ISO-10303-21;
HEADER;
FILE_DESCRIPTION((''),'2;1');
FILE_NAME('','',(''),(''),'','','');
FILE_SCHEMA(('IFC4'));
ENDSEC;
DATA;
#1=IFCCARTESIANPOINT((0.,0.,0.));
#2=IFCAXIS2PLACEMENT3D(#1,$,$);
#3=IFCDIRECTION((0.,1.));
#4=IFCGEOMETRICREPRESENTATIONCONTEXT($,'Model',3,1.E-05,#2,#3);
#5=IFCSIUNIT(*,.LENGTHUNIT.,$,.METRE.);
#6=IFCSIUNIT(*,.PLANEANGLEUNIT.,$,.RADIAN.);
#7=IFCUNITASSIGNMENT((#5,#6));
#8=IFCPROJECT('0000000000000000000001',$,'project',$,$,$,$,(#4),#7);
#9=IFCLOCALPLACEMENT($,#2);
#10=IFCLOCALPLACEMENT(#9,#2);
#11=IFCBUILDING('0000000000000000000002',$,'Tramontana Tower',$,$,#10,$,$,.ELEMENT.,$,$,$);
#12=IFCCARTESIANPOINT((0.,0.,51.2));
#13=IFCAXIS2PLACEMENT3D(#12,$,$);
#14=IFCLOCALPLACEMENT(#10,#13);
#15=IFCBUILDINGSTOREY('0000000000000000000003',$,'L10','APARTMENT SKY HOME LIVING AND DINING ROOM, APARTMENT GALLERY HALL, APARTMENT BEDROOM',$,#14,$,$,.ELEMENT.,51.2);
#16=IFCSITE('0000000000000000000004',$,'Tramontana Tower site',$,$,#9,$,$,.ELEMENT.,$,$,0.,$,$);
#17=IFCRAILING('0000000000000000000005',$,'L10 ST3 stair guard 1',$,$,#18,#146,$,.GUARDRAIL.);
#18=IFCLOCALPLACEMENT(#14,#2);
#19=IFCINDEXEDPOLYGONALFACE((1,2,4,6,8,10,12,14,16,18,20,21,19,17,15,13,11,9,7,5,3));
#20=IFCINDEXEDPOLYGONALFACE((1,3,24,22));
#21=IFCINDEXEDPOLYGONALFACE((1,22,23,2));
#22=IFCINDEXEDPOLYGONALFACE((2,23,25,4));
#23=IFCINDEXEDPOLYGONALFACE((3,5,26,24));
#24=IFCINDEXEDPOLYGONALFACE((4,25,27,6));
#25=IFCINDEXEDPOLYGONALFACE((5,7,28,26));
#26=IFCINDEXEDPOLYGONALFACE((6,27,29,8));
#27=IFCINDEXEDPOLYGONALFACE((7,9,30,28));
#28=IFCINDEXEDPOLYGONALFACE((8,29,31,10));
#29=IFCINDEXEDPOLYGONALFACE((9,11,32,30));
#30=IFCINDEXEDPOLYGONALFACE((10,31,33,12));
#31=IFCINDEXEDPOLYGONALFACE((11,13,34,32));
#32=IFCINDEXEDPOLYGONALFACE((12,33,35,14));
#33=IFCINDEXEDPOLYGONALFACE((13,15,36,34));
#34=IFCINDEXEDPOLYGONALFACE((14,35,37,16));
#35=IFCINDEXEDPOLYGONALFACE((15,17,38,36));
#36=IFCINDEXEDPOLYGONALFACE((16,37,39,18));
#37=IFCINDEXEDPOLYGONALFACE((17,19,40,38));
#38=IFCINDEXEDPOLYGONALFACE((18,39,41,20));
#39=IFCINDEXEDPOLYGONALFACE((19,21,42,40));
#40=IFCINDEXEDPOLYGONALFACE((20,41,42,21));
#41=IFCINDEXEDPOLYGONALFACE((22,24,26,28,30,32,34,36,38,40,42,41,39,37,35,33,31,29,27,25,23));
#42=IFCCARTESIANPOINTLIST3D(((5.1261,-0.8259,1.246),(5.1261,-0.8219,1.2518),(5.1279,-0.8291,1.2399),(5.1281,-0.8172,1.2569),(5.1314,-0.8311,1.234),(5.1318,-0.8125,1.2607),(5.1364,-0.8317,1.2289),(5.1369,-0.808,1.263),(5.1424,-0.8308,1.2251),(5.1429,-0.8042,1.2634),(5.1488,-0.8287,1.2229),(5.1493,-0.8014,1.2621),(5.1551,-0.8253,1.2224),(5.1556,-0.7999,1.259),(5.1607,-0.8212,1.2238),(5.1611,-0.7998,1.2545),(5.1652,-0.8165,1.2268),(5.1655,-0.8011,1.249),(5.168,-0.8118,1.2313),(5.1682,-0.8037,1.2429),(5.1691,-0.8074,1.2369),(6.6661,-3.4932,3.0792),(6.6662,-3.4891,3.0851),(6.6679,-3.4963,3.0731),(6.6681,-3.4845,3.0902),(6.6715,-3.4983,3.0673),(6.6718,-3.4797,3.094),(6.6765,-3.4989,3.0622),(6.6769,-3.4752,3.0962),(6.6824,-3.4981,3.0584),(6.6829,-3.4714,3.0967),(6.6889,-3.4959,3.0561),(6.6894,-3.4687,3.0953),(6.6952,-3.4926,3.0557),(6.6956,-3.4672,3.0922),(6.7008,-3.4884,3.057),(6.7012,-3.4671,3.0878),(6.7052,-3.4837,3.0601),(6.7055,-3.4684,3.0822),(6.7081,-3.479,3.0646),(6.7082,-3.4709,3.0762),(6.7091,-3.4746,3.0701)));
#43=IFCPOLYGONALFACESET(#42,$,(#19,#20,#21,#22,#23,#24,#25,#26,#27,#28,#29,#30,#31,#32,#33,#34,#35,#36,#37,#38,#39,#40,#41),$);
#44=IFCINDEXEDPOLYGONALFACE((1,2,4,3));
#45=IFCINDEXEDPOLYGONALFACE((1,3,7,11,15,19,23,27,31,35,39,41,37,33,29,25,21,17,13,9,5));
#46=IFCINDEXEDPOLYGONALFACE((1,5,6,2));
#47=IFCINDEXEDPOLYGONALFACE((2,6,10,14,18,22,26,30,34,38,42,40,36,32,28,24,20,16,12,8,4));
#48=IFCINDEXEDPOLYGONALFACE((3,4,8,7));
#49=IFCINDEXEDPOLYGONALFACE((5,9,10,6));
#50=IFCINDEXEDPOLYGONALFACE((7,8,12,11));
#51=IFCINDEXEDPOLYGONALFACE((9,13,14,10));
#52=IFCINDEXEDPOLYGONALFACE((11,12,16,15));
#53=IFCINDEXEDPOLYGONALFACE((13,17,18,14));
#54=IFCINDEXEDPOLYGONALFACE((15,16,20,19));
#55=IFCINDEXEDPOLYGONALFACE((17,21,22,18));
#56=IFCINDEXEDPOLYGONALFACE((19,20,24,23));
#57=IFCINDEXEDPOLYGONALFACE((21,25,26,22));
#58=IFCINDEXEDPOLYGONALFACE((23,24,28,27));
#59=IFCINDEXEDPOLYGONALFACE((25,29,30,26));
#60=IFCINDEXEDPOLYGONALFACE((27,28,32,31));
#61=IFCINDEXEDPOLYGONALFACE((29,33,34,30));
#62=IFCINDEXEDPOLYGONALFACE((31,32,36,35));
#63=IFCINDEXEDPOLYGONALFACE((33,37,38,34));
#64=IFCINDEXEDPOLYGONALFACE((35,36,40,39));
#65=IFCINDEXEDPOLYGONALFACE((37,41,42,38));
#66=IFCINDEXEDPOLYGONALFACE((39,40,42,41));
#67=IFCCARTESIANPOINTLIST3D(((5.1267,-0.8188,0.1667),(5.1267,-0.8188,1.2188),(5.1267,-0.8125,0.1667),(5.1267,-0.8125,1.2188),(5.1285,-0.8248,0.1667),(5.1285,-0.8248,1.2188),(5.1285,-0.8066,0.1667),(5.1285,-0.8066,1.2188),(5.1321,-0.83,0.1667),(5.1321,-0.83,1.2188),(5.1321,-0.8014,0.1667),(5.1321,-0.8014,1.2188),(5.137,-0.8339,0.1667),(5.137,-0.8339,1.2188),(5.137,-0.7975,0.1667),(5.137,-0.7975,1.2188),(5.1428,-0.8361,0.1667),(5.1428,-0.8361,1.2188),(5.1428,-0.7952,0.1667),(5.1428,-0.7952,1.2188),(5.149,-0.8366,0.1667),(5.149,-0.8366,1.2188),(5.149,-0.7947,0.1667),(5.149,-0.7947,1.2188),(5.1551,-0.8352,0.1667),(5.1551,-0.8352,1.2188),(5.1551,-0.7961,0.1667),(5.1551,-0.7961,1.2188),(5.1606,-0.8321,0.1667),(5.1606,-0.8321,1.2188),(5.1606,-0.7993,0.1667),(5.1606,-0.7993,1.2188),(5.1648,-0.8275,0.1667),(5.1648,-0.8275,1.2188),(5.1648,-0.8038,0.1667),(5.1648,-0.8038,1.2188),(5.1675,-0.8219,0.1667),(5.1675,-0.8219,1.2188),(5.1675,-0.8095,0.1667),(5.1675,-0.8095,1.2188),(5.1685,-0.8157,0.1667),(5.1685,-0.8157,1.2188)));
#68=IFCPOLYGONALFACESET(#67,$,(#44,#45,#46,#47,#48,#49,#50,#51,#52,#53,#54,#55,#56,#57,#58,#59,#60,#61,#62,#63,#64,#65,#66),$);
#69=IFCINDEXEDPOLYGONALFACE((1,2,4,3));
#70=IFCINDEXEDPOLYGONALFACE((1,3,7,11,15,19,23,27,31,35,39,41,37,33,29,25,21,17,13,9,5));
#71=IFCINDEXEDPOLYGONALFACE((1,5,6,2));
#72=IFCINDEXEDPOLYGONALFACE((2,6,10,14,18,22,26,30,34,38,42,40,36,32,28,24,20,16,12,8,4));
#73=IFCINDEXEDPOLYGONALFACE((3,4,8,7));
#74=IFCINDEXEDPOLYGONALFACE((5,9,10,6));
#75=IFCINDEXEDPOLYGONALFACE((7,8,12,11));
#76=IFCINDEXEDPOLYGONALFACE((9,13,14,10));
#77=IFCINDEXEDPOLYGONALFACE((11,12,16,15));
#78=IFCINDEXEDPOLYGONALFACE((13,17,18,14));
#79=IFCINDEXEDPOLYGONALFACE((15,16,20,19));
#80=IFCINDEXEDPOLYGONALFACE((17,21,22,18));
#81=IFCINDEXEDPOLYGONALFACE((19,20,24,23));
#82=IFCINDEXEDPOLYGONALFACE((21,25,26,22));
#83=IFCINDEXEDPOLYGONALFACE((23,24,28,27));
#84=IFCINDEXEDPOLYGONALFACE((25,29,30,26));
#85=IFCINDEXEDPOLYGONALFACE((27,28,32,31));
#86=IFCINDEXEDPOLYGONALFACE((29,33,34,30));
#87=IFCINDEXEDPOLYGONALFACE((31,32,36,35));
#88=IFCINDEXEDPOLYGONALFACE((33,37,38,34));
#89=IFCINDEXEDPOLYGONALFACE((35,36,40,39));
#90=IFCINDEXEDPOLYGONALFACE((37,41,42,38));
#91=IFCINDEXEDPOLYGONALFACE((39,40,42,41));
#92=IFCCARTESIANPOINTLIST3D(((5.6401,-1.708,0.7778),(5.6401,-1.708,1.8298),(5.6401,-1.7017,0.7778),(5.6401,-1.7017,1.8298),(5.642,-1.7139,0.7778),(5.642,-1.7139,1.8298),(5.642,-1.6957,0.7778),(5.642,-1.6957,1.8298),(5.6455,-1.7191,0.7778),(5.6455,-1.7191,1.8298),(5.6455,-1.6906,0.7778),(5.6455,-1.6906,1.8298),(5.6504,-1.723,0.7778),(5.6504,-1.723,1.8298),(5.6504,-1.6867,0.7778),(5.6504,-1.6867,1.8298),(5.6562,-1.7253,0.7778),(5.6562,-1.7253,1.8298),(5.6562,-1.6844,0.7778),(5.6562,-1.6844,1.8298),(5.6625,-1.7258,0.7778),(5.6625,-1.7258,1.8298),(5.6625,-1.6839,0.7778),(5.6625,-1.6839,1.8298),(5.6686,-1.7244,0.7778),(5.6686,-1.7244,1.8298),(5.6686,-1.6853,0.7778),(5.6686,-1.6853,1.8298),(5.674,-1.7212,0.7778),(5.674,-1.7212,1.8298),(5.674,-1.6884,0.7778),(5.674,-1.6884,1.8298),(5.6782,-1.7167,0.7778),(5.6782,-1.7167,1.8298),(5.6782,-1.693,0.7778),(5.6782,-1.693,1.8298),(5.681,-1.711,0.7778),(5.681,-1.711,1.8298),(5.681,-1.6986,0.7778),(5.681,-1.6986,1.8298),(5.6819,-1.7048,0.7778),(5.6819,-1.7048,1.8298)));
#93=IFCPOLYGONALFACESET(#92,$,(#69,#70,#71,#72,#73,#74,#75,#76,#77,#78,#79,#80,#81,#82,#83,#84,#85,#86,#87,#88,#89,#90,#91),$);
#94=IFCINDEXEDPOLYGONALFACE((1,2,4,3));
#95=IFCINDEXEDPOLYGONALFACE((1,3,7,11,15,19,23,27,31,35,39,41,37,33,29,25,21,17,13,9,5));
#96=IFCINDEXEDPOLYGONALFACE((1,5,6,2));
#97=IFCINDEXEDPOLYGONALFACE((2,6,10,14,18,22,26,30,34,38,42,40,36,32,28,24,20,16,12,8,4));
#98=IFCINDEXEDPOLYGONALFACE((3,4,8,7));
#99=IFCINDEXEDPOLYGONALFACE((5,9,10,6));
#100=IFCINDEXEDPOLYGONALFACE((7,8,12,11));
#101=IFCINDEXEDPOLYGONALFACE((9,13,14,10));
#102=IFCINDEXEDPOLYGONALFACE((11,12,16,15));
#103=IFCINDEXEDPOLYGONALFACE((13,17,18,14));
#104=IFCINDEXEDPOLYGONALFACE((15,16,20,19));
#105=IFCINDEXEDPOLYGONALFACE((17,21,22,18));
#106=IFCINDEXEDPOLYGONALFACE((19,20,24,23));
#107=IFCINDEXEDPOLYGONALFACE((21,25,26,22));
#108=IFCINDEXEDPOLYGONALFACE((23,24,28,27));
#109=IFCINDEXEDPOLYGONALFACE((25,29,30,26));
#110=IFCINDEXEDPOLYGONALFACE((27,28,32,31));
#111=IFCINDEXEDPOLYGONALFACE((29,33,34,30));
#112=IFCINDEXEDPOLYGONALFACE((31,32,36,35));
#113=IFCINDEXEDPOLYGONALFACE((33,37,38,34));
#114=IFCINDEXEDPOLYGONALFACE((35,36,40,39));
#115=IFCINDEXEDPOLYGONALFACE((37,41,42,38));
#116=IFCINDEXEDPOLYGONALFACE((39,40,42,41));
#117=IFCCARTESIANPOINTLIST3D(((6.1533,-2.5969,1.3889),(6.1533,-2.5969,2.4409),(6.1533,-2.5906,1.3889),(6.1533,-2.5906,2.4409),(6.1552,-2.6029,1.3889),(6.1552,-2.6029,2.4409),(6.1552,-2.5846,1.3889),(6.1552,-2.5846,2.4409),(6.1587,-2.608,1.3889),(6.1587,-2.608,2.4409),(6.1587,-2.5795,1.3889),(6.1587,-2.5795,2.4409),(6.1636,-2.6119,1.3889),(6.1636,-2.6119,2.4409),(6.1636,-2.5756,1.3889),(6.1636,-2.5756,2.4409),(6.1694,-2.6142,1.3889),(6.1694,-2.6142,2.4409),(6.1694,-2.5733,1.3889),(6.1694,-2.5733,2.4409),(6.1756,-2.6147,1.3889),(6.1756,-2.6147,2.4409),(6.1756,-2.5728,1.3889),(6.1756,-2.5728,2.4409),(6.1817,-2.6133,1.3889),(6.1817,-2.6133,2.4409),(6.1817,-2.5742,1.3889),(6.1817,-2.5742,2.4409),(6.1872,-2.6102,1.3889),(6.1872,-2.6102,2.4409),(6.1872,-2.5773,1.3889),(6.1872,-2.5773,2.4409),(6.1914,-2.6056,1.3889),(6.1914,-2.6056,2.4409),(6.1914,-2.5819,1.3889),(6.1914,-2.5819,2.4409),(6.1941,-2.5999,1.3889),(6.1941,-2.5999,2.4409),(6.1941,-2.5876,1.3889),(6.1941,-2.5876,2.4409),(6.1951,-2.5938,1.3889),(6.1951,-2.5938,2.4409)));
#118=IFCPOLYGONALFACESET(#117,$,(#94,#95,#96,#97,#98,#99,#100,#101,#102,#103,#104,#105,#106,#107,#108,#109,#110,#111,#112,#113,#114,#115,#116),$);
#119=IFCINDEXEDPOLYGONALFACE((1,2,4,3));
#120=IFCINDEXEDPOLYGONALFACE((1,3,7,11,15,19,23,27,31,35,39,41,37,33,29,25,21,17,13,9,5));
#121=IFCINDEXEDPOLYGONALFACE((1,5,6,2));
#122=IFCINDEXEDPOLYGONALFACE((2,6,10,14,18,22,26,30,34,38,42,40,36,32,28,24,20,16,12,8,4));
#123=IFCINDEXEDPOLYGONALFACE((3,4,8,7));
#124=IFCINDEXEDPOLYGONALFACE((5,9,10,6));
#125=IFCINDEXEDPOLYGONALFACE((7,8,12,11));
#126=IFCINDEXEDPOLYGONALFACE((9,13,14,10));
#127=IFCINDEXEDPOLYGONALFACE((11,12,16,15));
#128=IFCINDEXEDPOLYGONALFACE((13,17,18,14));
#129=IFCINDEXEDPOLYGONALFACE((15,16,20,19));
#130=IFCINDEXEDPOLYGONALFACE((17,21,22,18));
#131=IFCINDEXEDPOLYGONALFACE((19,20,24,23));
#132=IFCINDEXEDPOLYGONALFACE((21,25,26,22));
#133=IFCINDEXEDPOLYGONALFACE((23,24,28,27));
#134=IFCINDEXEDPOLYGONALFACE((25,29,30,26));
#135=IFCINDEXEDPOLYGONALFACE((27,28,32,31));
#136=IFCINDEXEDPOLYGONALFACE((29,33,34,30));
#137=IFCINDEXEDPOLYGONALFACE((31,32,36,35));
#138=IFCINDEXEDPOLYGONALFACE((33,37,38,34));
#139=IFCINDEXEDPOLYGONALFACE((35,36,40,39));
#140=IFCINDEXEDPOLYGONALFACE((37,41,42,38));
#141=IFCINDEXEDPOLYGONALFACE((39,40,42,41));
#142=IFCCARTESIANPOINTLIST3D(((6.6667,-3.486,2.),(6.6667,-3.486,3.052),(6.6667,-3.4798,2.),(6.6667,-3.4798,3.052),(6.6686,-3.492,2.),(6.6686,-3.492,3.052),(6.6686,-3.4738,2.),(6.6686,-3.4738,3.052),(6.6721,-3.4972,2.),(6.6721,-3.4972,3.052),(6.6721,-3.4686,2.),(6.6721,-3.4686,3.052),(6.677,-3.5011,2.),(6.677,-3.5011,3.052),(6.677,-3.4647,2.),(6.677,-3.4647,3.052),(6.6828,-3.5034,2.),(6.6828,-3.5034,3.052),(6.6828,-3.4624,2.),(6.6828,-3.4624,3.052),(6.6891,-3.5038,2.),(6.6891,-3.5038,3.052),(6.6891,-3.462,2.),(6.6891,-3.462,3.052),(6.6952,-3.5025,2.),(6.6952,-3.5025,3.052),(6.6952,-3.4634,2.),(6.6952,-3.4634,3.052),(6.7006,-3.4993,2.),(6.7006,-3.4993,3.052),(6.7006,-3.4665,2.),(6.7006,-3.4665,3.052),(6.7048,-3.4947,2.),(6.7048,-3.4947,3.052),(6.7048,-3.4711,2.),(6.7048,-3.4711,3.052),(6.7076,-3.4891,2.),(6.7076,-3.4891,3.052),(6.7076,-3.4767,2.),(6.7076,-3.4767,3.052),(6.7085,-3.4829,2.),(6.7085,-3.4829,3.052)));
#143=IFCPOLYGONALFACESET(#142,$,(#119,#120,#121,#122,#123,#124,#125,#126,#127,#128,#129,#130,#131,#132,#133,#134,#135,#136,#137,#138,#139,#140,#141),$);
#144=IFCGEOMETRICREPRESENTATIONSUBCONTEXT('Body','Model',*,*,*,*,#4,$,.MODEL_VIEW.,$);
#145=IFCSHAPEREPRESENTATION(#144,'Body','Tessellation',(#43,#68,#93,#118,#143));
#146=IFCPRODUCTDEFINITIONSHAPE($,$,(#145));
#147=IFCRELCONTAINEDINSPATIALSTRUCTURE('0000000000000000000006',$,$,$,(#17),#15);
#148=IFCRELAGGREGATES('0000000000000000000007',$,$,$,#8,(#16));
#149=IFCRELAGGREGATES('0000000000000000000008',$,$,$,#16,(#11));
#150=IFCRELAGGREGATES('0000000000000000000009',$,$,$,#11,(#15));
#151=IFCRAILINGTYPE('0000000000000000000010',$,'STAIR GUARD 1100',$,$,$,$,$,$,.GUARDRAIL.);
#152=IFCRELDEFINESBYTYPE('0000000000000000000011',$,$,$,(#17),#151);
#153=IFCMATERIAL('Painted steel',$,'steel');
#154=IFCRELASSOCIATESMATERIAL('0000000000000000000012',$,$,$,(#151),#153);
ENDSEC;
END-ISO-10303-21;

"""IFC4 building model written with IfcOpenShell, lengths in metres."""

from ifc_helpers import new_model, si_unit, direction, frame, origin, origin_2d, place, context, subcontext, project, spatial, circle, extrude, material, type_object, element, save


model = new_model("IFC4")

# Units and contexts
model_context = context("Model", 3, precision=1e-05, world=origin(), true_north=direction((0.0, 1.0)))
body_context = subcontext(model_context, "Body", "Model", "MODEL_VIEW")
ifc_project = project(units=[si_unit("LENGTHUNIT", "METRE"), si_unit("PLANEANGLEUNIT", "RADIAN")], contexts=[model_context])

# Site, building, storey
site_placement = place(None, origin())
site = spatial("IfcSite", under=ifc_project, at=site_placement, Name="Tramontana Tower site", CompositionType="ELEMENT", RefElevation=0.0)
building_placement = place(site_placement, origin())
building = spatial("IfcBuilding", under=site, at=building_placement, Name="Tramontana Tower", CompositionType="ELEMENT")
storey_placement = place(building_placement, frame((0.0, 0.0, 51.2)))
storey = spatial("IfcBuildingStorey", under=building, at=storey_placement, Name="L10", Description="APARTMENT SKY HOME LIVING AND DINING ROOM, APARTMENT GALLERY HALL, APARTMENT BEDROOM", CompositionType="ELEMENT", Elevation=51.2)

# Railing
ifc_material_1 = material(Name="Painted steel", Category="steel")
railing_type_1 = type_object("IfcRailingType", Name="STAIR GUARD 1100", PredefinedType="GUARDRAIL", material=ifc_material_1)
railing_1_placement = place(storey_placement, frame((5.1475, -0.8157, 0.1667)))
element("IfcRailing", 1, at=railing_1_placement, inside=storey, type_object=railing_type_1, Name="L10 ST3 stair guard 1", PredefinedType="GUARDRAIL", context=body_context, shape_type="SweptSolid", body=[
    extrude(circle(Radius=0.0239, at=origin_2d()), frame((0.0, 0.0, 1.0762), z_axis=(0.429671, -0.744159, 0.511478), x_axis=(0.86601, 0.500027, 0.0)), (0.0, 0.0, 1.0), 3.5842),
    extrude(circle(Radius=0.021, at=origin_2d()), origin(), (0.0, 0.0, 1.0), 1.052),
    extrude(circle(Radius=0.021, at=origin_2d()), frame((0.5134, -0.8892, 0.6111)), (0.0, 0.0, 1.0), 1.052),
    extrude(circle(Radius=0.021, at=origin_2d()), frame((1.0266, -1.7781, 1.2222)), (0.0, 0.0, 1.0), 1.052),
    extrude(circle(Radius=0.021, at=origin_2d()), frame((1.54, -2.6672, 1.8333)), (0.0, 0.0, 1.0), 1.052),
])

save(model, "model.ifc")
